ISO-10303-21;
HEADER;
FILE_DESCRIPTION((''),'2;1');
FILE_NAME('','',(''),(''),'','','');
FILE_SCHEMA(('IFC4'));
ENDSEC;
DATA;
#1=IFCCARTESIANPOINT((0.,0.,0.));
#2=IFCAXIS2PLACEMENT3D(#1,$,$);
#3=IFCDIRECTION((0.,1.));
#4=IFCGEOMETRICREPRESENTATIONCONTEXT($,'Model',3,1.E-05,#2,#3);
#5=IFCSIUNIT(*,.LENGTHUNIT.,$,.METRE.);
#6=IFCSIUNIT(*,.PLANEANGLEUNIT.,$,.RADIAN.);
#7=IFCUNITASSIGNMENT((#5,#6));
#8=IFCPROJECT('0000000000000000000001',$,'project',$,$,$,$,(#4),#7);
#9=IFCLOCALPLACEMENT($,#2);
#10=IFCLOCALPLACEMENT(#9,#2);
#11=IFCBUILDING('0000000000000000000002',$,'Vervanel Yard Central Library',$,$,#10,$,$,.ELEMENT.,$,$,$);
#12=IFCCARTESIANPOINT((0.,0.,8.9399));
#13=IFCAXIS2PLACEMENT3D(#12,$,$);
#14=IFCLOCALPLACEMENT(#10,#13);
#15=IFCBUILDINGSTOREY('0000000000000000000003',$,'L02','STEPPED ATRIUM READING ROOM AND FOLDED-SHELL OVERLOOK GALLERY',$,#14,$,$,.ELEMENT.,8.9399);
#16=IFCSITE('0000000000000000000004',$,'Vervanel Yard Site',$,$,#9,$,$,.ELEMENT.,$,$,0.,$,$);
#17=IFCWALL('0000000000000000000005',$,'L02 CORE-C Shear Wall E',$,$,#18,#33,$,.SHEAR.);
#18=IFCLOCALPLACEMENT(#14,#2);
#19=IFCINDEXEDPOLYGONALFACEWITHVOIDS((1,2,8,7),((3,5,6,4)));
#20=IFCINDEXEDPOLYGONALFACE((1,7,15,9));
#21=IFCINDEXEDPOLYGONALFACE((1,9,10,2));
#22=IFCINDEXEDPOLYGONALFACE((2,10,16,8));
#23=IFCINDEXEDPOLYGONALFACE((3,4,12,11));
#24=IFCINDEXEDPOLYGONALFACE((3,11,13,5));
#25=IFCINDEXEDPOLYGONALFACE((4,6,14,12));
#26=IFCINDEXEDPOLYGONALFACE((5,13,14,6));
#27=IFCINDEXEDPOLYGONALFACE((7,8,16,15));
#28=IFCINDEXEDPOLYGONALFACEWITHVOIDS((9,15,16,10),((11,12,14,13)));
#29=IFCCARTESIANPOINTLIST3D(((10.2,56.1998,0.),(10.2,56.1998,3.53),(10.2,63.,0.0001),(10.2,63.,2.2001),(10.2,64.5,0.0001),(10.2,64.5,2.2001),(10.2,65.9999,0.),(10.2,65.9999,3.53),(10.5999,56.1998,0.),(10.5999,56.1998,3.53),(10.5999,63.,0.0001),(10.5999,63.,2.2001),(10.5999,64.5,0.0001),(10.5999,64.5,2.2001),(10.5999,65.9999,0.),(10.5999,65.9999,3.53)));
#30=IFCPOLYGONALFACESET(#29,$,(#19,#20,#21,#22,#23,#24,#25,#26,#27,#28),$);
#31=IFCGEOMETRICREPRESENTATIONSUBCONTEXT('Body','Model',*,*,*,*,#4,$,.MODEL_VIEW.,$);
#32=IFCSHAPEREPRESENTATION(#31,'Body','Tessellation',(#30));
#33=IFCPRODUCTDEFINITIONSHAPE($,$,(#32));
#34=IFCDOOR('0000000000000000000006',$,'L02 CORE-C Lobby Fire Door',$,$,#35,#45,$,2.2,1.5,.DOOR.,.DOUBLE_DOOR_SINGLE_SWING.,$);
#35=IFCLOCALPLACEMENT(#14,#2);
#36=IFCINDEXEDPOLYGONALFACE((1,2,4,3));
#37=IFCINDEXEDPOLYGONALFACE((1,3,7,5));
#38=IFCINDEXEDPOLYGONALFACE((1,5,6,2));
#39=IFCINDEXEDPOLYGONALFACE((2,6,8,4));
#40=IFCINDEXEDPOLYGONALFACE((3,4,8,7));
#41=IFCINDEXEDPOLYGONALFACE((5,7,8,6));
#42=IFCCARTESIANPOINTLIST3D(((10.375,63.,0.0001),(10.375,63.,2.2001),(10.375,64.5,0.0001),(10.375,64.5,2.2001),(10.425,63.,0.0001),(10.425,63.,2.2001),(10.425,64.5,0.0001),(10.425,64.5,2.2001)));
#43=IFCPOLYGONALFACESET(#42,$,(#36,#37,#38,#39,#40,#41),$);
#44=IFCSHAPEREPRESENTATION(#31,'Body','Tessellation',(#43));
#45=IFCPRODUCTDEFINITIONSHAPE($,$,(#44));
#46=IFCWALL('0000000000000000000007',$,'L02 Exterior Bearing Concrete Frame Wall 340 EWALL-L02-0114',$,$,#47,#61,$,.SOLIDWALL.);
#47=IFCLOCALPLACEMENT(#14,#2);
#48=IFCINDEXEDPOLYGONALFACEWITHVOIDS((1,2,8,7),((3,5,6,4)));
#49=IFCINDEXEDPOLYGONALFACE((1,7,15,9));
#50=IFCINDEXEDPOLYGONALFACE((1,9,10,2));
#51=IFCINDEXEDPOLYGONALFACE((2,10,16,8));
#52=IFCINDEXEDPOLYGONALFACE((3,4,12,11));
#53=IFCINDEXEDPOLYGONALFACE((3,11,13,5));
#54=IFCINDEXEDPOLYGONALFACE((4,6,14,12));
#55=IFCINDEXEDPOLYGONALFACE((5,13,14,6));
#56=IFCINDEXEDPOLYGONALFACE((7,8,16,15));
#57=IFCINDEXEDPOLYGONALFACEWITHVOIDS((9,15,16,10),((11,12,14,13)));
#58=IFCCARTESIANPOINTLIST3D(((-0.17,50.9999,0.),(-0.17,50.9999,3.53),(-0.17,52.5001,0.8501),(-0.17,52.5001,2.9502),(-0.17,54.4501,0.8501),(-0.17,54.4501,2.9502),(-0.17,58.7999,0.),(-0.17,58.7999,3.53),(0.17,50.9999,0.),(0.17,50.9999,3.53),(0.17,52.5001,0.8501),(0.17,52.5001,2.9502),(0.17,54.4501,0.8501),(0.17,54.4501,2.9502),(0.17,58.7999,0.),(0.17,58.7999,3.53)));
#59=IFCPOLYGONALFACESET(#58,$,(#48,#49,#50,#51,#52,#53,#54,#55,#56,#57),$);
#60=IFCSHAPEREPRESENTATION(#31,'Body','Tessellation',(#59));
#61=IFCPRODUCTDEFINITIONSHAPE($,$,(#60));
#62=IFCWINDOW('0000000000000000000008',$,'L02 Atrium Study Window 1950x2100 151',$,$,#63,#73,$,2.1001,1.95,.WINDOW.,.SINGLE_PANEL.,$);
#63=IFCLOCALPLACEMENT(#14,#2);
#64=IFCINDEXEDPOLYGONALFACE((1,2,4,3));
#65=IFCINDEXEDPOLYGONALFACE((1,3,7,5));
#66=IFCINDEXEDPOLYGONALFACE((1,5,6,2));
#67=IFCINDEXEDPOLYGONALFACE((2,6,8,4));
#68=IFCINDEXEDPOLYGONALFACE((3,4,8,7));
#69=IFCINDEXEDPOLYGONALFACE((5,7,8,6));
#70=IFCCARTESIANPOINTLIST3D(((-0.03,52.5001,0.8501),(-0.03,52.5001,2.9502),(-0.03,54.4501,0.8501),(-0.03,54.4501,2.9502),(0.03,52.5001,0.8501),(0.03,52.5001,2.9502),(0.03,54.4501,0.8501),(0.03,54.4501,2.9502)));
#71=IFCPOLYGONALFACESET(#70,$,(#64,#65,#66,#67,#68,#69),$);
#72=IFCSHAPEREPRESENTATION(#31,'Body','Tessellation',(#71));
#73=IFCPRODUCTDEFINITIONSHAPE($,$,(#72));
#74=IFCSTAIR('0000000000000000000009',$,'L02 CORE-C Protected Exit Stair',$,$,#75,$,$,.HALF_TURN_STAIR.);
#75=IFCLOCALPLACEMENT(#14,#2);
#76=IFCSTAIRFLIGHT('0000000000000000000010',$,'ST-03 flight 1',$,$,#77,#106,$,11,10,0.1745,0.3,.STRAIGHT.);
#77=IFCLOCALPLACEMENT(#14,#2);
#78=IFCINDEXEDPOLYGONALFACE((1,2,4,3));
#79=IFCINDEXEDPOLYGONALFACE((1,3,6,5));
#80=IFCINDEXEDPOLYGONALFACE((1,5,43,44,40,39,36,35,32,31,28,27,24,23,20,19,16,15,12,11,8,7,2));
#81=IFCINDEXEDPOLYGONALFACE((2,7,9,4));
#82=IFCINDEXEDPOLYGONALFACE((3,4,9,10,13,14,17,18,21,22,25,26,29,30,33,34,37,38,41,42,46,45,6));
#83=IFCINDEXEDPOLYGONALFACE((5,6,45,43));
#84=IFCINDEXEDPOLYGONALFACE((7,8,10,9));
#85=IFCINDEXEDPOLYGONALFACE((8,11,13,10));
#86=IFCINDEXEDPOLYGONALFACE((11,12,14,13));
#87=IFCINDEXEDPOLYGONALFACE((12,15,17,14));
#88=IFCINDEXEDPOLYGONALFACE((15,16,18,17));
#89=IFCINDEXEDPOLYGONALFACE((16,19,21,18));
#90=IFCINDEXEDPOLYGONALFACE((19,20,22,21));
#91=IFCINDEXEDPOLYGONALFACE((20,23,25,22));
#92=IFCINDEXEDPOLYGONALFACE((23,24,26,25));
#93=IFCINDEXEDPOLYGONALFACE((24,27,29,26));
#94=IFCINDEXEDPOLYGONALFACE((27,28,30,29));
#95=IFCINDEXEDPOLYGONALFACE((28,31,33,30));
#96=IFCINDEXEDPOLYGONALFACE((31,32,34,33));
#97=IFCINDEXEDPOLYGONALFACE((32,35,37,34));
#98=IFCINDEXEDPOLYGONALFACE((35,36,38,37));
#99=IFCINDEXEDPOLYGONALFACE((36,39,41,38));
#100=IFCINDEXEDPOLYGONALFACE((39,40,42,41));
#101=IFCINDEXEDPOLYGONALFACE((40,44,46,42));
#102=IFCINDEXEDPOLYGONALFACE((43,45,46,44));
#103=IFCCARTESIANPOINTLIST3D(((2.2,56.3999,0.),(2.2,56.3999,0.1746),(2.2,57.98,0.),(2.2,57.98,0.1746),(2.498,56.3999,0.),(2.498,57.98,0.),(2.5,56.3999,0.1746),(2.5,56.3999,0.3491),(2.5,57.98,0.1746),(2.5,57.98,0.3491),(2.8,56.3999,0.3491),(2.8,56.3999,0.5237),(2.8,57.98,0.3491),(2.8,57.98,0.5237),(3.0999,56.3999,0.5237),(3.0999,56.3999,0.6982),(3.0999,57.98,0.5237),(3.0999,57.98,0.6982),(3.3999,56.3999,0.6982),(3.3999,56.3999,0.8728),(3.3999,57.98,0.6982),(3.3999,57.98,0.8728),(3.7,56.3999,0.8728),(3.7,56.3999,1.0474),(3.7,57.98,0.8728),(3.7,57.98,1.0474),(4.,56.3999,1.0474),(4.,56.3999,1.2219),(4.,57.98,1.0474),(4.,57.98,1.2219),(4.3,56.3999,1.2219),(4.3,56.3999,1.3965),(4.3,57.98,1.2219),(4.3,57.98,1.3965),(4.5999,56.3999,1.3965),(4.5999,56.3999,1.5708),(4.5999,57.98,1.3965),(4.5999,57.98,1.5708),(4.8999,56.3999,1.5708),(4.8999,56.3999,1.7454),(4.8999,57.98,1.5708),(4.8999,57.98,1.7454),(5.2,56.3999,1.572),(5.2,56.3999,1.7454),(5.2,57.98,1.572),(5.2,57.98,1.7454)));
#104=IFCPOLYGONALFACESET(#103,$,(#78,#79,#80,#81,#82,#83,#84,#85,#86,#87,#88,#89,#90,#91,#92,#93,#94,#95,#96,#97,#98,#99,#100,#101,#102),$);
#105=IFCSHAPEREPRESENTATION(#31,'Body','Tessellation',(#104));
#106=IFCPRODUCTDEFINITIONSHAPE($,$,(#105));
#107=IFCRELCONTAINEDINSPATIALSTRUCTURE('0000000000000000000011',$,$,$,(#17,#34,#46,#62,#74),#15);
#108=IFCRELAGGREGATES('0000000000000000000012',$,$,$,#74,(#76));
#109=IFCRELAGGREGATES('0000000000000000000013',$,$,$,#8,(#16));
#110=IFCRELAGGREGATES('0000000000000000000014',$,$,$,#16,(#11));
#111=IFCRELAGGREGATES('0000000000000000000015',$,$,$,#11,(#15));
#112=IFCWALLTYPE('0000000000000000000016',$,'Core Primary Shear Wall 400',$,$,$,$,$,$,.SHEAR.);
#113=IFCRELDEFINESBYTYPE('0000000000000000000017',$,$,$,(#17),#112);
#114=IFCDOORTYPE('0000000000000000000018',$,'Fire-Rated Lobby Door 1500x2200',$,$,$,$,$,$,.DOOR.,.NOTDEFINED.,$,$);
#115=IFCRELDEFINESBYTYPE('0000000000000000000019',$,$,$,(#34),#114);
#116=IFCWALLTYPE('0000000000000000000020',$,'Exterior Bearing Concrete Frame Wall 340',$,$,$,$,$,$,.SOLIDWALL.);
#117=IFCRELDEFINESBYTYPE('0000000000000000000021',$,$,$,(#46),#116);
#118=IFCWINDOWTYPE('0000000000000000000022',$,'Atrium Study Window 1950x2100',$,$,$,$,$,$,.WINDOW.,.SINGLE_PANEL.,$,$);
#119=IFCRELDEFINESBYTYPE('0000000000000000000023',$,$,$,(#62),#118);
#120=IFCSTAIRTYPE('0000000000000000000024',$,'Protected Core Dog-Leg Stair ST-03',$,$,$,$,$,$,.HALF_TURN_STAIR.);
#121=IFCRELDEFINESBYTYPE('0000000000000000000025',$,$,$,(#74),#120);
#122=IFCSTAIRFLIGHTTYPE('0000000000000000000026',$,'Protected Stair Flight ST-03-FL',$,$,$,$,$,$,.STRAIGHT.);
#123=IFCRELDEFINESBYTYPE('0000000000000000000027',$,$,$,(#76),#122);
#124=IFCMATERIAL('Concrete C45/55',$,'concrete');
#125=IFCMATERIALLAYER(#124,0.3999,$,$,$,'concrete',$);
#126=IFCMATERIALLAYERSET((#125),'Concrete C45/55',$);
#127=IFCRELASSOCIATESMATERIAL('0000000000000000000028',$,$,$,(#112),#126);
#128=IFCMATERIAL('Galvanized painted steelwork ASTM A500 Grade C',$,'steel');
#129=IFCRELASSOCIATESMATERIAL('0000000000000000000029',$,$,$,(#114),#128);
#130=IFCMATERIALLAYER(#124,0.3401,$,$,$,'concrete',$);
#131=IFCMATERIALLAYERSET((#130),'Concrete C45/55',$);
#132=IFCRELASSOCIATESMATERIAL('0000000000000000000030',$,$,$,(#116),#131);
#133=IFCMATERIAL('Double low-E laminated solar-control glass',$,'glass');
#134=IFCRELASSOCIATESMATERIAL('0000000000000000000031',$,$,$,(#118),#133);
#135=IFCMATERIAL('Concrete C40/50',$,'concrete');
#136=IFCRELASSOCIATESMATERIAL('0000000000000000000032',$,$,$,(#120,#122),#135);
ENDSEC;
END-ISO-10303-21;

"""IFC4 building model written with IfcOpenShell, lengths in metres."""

from ifc_helpers import new_model, si_unit, direction, frame, frame_2d, origin, place, context, subcontext, project, spatial, polyline, rectangle, outline, extrude, material, layer, layer_set, type_object, element, fill, aggregate, save


model = new_model("IFC4")

# Units and contexts
model_context = context("Model", 3, precision=1e-05, world=origin(), true_north=direction((0.0, 1.0)))
body_context = subcontext(model_context, "Body", "Model", "MODEL_VIEW")
ifc_project = project(units=[si_unit("LENGTHUNIT", "METRE"), si_unit("PLANEANGLEUNIT", "RADIAN")], contexts=[model_context])

# Site, building, storey
site_placement = place(None, origin())
site = spatial("IfcSite", under=ifc_project, at=site_placement, Name="Vervanel Yard Site", CompositionType="ELEMENT", RefElevation=0.0)
building_placement = place(site_placement, origin())
building = spatial("IfcBuilding", under=site, at=building_placement, Name="Vervanel Yard Central Library", CompositionType="ELEMENT")
storey_placement = place(building_placement, frame((0.0, 0.0, 8.9399)))
storey = spatial("IfcBuildingStorey", under=building, at=storey_placement, Name="L02", Description="STEPPED ATRIUM READING ROOM AND FOLDED-SHELL OVERLOOK GALLERY", CompositionType="ELEMENT", Elevation=8.9399)

# Shared definitions
ifc_material_1 = material(Name="Concrete C40/50", Category="concrete")

# Shared definitions
ifc_material_2 = material(Name="Concrete C45/55", Category="concrete")
ifc_layer_1 = layer(ifc_material_2, 0.3999, Category="concrete")
ifc_layer_set_1 = layer_set([ifc_layer_1], Name="Concrete C45/55")
wall_type_1 = type_object("IfcWallType", Name="Core Primary Shear Wall 400", PredefinedType="SHEAR", material=ifc_layer_set_1)

# Wall, opening, door
wall_1_placement = place(storey_placement, frame((10.3999, 56.2, 0.0), z_axis=(0.0, 0.0, 1.0), x_axis=(0.0, 1.0, 0.0)))
wall_1 = element("IfcWall", 1, at=wall_1_placement, inside=storey, type_object=wall_type_1, Name="L02 CORE-C Shear Wall E", PredefinedType="SHEAR", context=body_context, shape_type="SweptSolid", body=[
    extrude(rectangle(XDim=9.8, YDim=0.3999, at=frame_2d((4.8999, 0.0))), origin(), (0.0, 0.0, 1.0), 3.53),
])
opening_1_placement = place(wall_1_placement, frame((6.8, 0.0, 0.0)))
opening_1 = element("IfcOpeningElement", 2, at=opening_1_placement, cuts=wall_1, PredefinedType="OPENING", context=body_context, shape_type="SweptSolid", body=[
    extrude(rectangle(XDim=1.5, YDim=2.2, at=frame_2d((0.75, 1.1001))), frame((0.0, 0.21, 0.0), z_axis=(0.0, -1.0, 0.0), x_axis=(1.0, 0.0, 0.0)), (0.0, 0.0, 1.0), 0.4199),
])
ifc_material_3 = material(Name="Galvanized painted steelwork ASTM A500 Grade C", Category="steel")
door_type = type_object("IfcDoorType", Name="Fire-Rated Lobby Door 1500x2200", OperationType="NOTDEFINED", PredefinedType="DOOR", material=ifc_material_3)
door_placement = place(opening_1_placement, origin())
door = element("IfcDoor", 3, at=door_placement, inside=storey, type_object=door_type, Name="L02 CORE-C Lobby Fire Door", OperationType="DOUBLE_DOOR_SINGLE_SWING", OverallHeight=2.2, OverallWidth=1.5, PredefinedType="DOOR", context=body_context, shape_type="SweptSolid", body=[
    extrude(rectangle(XDim=1.5, YDim=2.2, at=frame_2d((0.75, 1.1001))), frame((0.0, 0.0249, 0.0), z_axis=(0.0, -1.0, 0.0), x_axis=(1.0, 0.0, 0.0)), (0.0, 0.0, 1.0), 0.05),
])
fill(opening_1, door)

# Wall, opening, window
ifc_layer_2 = layer(ifc_material_2, 0.3401, Category="concrete")
ifc_layer_set_2 = layer_set([ifc_layer_2], Name="Concrete C45/55")
wall_type_2 = type_object("IfcWallType", Name="Exterior Bearing Concrete Frame Wall 340", PredefinedType="SOLIDWALL", material=ifc_layer_set_2)
wall_2_placement = place(storey_placement, frame((0.0, 51.0, 0.0), z_axis=(0.0, 0.0, 1.0), x_axis=(0.0, 1.0, 0.0)))
wall_2 = element("IfcWall", 4, at=wall_2_placement, inside=storey, type_object=wall_type_2, Name="L02 Exterior Bearing Concrete Frame Wall 340 EWALL-L02-0114", PredefinedType="SOLIDWALL", context=body_context, shape_type="SweptSolid", body=[
    extrude(rectangle(XDim=7.8, YDim=0.3401, at=frame_2d((3.8999, 0.0))), origin(), (0.0, 0.0, 1.0), 3.53),
])
opening_2_placement = place(wall_2_placement, frame((1.5, 0.0, 0.8501)))
opening_2 = element("IfcOpeningElement", 5, at=opening_2_placement, cuts=wall_2, PredefinedType="OPENING", context=body_context, shape_type="SweptSolid", body=[
    extrude(rectangle(XDim=1.95, YDim=2.1001, at=frame_2d((0.9751, 1.05))), frame((0.0, 0.1799, 0.0), z_axis=(0.0, -1.0, 0.0), x_axis=(1.0, 0.0, 0.0)), (0.0, 0.0, 1.0), 0.3601),
])
ifc_material_4 = material(Name="Double low-E laminated solar-control glass", Category="glass")
window_type = type_object("IfcWindowType", Name="Atrium Study Window 1950x2100", PartitioningType="SINGLE_PANEL", PredefinedType="WINDOW", material=ifc_material_4)
window_placement = place(opening_2_placement, origin())
window = element("IfcWindow", 6, at=window_placement, inside=storey, type_object=window_type, Name="L02 Atrium Study Window 1950x2100 151", OverallHeight=2.1001, OverallWidth=1.95, PartitioningType="SINGLE_PANEL", PredefinedType="WINDOW", context=body_context, shape_type="SweptSolid", body=[
    extrude(rectangle(XDim=1.95, YDim=2.1001, at=frame_2d((0.9751, 1.05))), frame((0.0, 0.03, 0.0), z_axis=(0.0, -1.0, 0.0), x_axis=(1.0, 0.0, 0.0)), (0.0, 0.0, 1.0), 0.0601),
])
fill(opening_2, window)

# Stair, stair flight
stair_type = type_object("IfcStairType", Name="Protected Core Dog-Leg Stair ST-03", PredefinedType="HALF_TURN_STAIR", material=ifc_material_1)
stair_placement = place(storey_placement, origin())
stair = element("IfcStair", 7, at=stair_placement, inside=storey, type_object=stair_type, Name="L02 CORE-C Protected Exit Stair", PredefinedType="HALF_TURN_STAIR")
stair_flight_type = type_object("IfcStairFlightType", Name="Protected Stair Flight ST-03-FL", PredefinedType="STRAIGHT", material=ifc_material_1)
stair_flight_placement = place(storey_placement, frame((2.2, 57.1899, 0.0), z_axis=(0.0, 0.0, 1.0), x_axis=(1.0, 0.0, 0.0)))
stair_flight = element("IfcStairFlight", 8, at=stair_flight_placement, type_object=stair_flight_type, Name="ST-03 flight 1", NumberOfRisers=11, NumberOfTreads=10, PredefinedType="STRAIGHT", RiserHeight=0.1745, TreadLength=0.3, context=body_context, shape_type="SweptSolid", body=[
    extrude(outline(polyline([(0.0, 0.0), (0.0, 0.1746), (0.3, 0.1746), (0.3, 0.3491), (0.6001, 0.3491), (0.6001, 0.5237), (0.8999, 0.5237), (0.8999, 0.6982), (1.2, 0.6982), (1.2, 0.8728), (1.5, 0.8728), (1.5, 1.0474), (1.8, 1.0474), (1.8, 1.2219), (2.1001, 1.2219), (2.1001, 1.3965), (2.3999, 1.3965), (2.3999, 1.5708), (2.7, 1.5708), (2.7, 1.7454), (3.0, 1.7454), (3.0, 1.9199), (3.0, 1.572), (0.2981, 0.0), (0.0, 0.0)])), frame((0.0, 0.79, 0.0), z_axis=(0.0, -1.0, 0.0), x_axis=(1.0, 0.0, 0.0)), (0.0, 0.0, 1.0), 1.5801),
])
aggregate(stair, [stair_flight])

save(model, "model.ifc")
